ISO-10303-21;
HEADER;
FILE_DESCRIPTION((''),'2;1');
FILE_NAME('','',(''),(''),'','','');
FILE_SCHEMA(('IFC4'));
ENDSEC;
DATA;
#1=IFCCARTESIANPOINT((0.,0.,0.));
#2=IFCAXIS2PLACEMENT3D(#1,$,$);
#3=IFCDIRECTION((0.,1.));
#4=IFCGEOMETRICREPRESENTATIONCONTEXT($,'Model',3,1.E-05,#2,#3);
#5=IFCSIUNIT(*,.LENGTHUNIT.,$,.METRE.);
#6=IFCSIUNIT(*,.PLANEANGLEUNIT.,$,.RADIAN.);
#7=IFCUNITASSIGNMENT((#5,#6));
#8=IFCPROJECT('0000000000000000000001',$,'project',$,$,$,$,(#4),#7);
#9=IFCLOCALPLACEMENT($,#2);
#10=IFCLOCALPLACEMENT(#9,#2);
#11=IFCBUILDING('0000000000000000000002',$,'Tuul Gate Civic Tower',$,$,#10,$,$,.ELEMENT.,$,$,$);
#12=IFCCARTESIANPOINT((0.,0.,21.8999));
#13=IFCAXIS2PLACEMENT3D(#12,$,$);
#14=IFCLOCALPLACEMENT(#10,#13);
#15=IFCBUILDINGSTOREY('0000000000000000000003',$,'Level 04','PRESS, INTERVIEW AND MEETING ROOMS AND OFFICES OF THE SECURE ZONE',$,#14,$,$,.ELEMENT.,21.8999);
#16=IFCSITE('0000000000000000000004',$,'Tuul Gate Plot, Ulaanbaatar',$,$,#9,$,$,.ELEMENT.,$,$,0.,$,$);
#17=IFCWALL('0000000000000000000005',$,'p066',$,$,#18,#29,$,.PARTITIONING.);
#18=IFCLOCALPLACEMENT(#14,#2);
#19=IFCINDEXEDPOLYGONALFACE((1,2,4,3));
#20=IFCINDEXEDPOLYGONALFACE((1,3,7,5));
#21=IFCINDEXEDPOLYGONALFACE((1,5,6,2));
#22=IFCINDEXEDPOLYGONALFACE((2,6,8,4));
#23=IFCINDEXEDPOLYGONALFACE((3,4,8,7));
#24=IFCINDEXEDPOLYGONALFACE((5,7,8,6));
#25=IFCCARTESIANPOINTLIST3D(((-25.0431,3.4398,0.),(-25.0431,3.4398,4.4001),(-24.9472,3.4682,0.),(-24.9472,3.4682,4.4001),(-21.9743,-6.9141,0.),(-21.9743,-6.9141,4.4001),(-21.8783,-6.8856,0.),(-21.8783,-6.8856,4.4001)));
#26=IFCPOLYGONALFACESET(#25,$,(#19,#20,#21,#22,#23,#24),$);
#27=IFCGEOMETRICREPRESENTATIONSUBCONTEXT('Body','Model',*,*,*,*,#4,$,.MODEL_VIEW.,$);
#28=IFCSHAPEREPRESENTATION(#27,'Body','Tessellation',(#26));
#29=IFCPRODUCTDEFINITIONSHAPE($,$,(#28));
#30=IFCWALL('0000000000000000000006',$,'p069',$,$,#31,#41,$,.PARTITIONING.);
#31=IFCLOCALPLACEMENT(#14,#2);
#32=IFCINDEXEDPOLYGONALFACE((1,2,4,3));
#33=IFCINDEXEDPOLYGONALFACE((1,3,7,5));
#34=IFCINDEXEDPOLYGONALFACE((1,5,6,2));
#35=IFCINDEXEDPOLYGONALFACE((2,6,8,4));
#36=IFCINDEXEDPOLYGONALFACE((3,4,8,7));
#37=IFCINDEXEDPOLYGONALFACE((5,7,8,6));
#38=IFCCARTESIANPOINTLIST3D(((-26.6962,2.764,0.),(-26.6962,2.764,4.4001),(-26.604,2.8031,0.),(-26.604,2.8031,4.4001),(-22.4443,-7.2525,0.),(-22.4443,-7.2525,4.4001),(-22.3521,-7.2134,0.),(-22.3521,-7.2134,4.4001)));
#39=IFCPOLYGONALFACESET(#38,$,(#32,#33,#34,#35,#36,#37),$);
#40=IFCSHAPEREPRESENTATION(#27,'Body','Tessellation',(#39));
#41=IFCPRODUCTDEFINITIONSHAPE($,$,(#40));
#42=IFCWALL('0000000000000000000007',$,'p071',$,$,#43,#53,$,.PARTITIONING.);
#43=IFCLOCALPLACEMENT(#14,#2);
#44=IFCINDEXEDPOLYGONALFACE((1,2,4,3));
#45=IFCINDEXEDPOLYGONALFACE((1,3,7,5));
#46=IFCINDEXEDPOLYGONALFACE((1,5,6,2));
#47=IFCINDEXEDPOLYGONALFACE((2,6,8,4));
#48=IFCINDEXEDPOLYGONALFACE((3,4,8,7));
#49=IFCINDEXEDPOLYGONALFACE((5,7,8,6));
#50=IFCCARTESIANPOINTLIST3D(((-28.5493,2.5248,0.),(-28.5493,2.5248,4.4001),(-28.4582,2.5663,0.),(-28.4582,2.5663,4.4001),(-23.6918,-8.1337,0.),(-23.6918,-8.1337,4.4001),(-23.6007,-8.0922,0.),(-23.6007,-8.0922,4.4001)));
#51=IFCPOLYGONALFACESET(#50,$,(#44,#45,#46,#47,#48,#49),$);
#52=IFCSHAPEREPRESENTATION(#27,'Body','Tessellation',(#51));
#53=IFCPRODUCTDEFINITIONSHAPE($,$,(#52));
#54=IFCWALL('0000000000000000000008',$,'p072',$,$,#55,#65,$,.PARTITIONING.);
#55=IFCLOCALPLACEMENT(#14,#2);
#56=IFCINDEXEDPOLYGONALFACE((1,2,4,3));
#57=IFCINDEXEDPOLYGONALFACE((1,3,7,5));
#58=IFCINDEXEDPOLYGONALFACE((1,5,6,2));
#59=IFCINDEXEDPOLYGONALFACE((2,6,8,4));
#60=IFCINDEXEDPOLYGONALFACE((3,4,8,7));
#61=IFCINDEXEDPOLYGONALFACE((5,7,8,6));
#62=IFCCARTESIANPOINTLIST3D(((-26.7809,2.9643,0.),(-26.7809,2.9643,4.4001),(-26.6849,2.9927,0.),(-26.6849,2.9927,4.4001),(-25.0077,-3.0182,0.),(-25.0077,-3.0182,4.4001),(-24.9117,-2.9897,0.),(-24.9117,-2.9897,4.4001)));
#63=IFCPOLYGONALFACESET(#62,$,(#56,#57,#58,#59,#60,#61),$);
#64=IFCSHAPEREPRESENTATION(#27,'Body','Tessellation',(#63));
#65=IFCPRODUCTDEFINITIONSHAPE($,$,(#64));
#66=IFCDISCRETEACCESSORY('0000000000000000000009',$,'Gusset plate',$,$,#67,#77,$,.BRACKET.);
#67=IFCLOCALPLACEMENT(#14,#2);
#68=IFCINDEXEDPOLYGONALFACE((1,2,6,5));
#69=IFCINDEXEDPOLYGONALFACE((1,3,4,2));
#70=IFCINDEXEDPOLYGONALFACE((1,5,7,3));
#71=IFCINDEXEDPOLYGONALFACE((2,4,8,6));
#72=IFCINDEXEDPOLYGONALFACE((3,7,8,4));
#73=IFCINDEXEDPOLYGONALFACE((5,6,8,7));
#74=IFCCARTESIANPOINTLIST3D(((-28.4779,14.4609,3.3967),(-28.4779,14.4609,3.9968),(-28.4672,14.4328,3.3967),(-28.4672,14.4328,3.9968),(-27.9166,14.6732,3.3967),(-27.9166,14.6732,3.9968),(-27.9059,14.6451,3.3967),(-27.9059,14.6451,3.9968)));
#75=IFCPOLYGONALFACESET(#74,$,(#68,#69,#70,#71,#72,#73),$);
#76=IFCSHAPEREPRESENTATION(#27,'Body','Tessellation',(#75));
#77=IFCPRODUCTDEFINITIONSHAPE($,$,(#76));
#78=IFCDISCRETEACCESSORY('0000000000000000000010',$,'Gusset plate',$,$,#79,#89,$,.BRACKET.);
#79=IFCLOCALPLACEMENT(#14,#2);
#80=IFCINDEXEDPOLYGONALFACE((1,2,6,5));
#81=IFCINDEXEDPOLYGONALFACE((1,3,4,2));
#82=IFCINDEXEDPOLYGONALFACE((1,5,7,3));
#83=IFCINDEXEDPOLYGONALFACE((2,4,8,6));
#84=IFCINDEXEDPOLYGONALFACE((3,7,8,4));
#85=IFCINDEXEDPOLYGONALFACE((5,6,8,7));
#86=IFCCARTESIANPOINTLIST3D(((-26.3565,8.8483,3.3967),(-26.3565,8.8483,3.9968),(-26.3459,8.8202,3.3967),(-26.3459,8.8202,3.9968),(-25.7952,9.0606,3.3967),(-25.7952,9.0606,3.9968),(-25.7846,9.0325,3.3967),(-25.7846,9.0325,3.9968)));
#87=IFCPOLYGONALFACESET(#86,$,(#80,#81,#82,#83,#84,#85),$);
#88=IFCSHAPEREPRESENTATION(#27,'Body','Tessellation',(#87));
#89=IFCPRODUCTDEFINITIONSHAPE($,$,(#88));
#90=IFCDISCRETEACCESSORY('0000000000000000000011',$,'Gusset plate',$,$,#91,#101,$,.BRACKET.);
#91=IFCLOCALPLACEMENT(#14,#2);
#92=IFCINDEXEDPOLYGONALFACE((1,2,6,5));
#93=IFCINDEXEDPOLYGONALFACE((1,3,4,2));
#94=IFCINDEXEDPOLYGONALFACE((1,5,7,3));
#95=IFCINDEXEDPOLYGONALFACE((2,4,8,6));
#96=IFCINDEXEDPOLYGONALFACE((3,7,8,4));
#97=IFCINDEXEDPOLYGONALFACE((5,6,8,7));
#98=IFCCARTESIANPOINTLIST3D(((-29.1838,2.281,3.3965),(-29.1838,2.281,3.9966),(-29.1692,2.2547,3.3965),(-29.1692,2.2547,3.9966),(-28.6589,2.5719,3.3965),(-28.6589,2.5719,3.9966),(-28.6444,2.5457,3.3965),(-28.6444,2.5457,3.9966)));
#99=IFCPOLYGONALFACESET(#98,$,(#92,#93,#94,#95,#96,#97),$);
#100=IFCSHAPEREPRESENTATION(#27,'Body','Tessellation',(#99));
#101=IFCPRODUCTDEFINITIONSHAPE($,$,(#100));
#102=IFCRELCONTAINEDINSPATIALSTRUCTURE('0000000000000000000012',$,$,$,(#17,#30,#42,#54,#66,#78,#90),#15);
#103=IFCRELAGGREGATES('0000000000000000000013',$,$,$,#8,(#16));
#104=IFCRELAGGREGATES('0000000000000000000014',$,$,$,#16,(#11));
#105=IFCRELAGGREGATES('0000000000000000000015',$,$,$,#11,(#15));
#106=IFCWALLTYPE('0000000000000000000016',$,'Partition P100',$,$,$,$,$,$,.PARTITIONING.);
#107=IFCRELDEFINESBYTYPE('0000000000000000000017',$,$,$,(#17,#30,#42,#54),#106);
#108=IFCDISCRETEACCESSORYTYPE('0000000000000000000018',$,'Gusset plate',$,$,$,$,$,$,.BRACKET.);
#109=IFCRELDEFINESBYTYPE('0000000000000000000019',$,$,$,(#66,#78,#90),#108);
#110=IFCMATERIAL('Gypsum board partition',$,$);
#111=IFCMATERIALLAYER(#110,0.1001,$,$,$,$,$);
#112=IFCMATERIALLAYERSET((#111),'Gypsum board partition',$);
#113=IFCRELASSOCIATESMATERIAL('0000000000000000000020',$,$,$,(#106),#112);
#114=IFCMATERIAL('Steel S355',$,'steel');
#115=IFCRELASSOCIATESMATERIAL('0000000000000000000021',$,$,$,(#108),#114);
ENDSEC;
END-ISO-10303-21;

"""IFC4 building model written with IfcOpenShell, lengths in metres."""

from ifc_helpers import new_model, si_unit, direction, frame, frame_2d, origin, origin_2d, place, context, subcontext, project, spatial, rectangle, extrude, material, layer, layer_set, type_object, element, save


model = new_model("IFC4")

# Units and contexts
model_context = context("Model", 3, precision=1e-05, world=origin(), true_north=direction((0.0, 1.0)))
body_context = subcontext(model_context, "Body", "Model", "MODEL_VIEW")
ifc_project = project(units=[si_unit("LENGTHUNIT", "METRE"), si_unit("PLANEANGLEUNIT", "RADIAN")], contexts=[model_context])

# Site, building, storey
site_placement = place(None, origin())
site = spatial("IfcSite", under=ifc_project, at=site_placement, Name="Tuul Gate Plot, Ulaanbaatar", CompositionType="ELEMENT", RefElevation=0.0)
building_placement = place(site_placement, origin())
building = spatial("IfcBuilding", under=site, at=building_placement, Name="Tuul Gate Civic Tower", CompositionType="ELEMENT")
storey_placement = place(building_placement, frame((0.0, 0.0, 21.8999)))
storey = spatial("IfcBuildingStorey", under=building, at=storey_placement, Name="Level 04", Description="PRESS, INTERVIEW AND MEETING ROOMS AND OFFICES OF THE SECURE ZONE", CompositionType="ELEMENT", Elevation=21.8999)

# Walls
ifc_material_1 = material(Name="Gypsum board partition")
ifc_layer_1 = layer(ifc_material_1, 0.1001)
ifc_layer_set_1 = layer_set([ifc_layer_1], Name="Gypsum board partition")
wall_type_1 = type_object("IfcWallType", Name="Partition P100", PredefinedType="PARTITIONING", material=ifc_layer_set_1)
wall_1_placement = place(storey_placement, frame((-24.9951, 3.4539, 0.0), z_axis=(0.0, 0.0, 1.0), x_axis=(0.284179, -0.958771, 0.0)))
element("IfcWall", 1, at=wall_1_placement, inside=storey, type_object=wall_type_1, Name="p066", PredefinedType="PARTITIONING", context=body_context, shape_type="SweptSolid", body=[
    extrude(rectangle(XDim=10.7991, YDim=0.1001, at=frame_2d((5.3994, 0.0))), origin(), (0.0, 0.0, 1.0), 4.4001),
])
wall_2_placement = place(storey_placement, frame((-26.6501, 2.7837, 0.0), z_axis=(0.0, 0.0, 1.0), x_axis=(0.390743, -0.9205, 0.0)))
element("IfcWall", 2, at=wall_2_placement, inside=storey, type_object=wall_type_1, Name="p069", PredefinedType="PARTITIONING", context=body_context, shape_type="SweptSolid", body=[
    extrude(rectangle(XDim=10.8816, YDim=0.1001, at=frame_2d((5.4409, 0.0))), origin(), (0.0, 0.0, 1.0), 4.4001),
])
wall_3_placement = place(storey_placement, frame((-28.5037, 2.5454, 0.0), z_axis=(0.0, 0.0, 1.0), x_axis=(0.414699, -0.909958, 0.0)))
element("IfcWall", 3, at=wall_3_placement, inside=storey, type_object=wall_type_1, Name="p071", PredefinedType="PARTITIONING", context=body_context, shape_type="SweptSolid", body=[
    extrude(rectangle(XDim=11.7131, YDim=0.1001, at=frame_2d((5.8564, 0.0))), origin(), (0.0, 0.0, 1.0), 4.4001),
])
wall_4_placement = place(storey_placement, frame((-26.7329, 2.9785, 0.0), z_axis=(0.0, 0.0, 1.0), x_axis=(0.28418, -0.958771, 0.0)))
element("IfcWall", 4, at=wall_4_placement, inside=storey, type_object=wall_type_1, Name="p072", PredefinedType="PARTITIONING", context=body_context, shape_type="SweptSolid", body=[
    extrude(rectangle(XDim=6.2397, YDim=0.1001, at=frame_2d((3.1199, 0.0))), origin(), (0.0, 0.0, 1.0), 4.4001),
])

# Discrete accessories
ifc_material_2 = material(Name="Steel S355", Category="steel")
discrete_accessory_type = type_object("IfcDiscreteAccessoryType", Name="Gusset plate", PredefinedType="BRACKET", material=ifc_material_2)
for number, where, z_axis, x_axis, name in (
    (5, (-28.1919, 14.553, 3.3967), (0.0, 0.0, 1.0), (0.935358, 0.353704, 0.0), "Gusset plate"),
    (6, (-26.0706, 8.9404, 3.3967), (0.0, 0.0, 1.0), (0.935344, 0.353739, 0.0), "Gusset plate"),
    (7, (-28.9141, 2.4133, 3.3965), (0.0, 0.0, 1.0), (-0.874609, -0.484828, 0.0), "Gusset plate"),
):
    element("IfcDiscreteAccessory", number, at=place(storey_placement, frame(where, z_axis=z_axis, x_axis=x_axis)), inside=storey, type_object=discrete_accessory_type, Name=name, PredefinedType="BRACKET", context=body_context, shape_type="SweptSolid", body=[
        extrude(rectangle(XDim=0.6001, YDim=0.03, at=origin_2d()), origin(), (0.0, 0.0, 1.0), 0.6001),
    ])

save(model, "model.ifc")
